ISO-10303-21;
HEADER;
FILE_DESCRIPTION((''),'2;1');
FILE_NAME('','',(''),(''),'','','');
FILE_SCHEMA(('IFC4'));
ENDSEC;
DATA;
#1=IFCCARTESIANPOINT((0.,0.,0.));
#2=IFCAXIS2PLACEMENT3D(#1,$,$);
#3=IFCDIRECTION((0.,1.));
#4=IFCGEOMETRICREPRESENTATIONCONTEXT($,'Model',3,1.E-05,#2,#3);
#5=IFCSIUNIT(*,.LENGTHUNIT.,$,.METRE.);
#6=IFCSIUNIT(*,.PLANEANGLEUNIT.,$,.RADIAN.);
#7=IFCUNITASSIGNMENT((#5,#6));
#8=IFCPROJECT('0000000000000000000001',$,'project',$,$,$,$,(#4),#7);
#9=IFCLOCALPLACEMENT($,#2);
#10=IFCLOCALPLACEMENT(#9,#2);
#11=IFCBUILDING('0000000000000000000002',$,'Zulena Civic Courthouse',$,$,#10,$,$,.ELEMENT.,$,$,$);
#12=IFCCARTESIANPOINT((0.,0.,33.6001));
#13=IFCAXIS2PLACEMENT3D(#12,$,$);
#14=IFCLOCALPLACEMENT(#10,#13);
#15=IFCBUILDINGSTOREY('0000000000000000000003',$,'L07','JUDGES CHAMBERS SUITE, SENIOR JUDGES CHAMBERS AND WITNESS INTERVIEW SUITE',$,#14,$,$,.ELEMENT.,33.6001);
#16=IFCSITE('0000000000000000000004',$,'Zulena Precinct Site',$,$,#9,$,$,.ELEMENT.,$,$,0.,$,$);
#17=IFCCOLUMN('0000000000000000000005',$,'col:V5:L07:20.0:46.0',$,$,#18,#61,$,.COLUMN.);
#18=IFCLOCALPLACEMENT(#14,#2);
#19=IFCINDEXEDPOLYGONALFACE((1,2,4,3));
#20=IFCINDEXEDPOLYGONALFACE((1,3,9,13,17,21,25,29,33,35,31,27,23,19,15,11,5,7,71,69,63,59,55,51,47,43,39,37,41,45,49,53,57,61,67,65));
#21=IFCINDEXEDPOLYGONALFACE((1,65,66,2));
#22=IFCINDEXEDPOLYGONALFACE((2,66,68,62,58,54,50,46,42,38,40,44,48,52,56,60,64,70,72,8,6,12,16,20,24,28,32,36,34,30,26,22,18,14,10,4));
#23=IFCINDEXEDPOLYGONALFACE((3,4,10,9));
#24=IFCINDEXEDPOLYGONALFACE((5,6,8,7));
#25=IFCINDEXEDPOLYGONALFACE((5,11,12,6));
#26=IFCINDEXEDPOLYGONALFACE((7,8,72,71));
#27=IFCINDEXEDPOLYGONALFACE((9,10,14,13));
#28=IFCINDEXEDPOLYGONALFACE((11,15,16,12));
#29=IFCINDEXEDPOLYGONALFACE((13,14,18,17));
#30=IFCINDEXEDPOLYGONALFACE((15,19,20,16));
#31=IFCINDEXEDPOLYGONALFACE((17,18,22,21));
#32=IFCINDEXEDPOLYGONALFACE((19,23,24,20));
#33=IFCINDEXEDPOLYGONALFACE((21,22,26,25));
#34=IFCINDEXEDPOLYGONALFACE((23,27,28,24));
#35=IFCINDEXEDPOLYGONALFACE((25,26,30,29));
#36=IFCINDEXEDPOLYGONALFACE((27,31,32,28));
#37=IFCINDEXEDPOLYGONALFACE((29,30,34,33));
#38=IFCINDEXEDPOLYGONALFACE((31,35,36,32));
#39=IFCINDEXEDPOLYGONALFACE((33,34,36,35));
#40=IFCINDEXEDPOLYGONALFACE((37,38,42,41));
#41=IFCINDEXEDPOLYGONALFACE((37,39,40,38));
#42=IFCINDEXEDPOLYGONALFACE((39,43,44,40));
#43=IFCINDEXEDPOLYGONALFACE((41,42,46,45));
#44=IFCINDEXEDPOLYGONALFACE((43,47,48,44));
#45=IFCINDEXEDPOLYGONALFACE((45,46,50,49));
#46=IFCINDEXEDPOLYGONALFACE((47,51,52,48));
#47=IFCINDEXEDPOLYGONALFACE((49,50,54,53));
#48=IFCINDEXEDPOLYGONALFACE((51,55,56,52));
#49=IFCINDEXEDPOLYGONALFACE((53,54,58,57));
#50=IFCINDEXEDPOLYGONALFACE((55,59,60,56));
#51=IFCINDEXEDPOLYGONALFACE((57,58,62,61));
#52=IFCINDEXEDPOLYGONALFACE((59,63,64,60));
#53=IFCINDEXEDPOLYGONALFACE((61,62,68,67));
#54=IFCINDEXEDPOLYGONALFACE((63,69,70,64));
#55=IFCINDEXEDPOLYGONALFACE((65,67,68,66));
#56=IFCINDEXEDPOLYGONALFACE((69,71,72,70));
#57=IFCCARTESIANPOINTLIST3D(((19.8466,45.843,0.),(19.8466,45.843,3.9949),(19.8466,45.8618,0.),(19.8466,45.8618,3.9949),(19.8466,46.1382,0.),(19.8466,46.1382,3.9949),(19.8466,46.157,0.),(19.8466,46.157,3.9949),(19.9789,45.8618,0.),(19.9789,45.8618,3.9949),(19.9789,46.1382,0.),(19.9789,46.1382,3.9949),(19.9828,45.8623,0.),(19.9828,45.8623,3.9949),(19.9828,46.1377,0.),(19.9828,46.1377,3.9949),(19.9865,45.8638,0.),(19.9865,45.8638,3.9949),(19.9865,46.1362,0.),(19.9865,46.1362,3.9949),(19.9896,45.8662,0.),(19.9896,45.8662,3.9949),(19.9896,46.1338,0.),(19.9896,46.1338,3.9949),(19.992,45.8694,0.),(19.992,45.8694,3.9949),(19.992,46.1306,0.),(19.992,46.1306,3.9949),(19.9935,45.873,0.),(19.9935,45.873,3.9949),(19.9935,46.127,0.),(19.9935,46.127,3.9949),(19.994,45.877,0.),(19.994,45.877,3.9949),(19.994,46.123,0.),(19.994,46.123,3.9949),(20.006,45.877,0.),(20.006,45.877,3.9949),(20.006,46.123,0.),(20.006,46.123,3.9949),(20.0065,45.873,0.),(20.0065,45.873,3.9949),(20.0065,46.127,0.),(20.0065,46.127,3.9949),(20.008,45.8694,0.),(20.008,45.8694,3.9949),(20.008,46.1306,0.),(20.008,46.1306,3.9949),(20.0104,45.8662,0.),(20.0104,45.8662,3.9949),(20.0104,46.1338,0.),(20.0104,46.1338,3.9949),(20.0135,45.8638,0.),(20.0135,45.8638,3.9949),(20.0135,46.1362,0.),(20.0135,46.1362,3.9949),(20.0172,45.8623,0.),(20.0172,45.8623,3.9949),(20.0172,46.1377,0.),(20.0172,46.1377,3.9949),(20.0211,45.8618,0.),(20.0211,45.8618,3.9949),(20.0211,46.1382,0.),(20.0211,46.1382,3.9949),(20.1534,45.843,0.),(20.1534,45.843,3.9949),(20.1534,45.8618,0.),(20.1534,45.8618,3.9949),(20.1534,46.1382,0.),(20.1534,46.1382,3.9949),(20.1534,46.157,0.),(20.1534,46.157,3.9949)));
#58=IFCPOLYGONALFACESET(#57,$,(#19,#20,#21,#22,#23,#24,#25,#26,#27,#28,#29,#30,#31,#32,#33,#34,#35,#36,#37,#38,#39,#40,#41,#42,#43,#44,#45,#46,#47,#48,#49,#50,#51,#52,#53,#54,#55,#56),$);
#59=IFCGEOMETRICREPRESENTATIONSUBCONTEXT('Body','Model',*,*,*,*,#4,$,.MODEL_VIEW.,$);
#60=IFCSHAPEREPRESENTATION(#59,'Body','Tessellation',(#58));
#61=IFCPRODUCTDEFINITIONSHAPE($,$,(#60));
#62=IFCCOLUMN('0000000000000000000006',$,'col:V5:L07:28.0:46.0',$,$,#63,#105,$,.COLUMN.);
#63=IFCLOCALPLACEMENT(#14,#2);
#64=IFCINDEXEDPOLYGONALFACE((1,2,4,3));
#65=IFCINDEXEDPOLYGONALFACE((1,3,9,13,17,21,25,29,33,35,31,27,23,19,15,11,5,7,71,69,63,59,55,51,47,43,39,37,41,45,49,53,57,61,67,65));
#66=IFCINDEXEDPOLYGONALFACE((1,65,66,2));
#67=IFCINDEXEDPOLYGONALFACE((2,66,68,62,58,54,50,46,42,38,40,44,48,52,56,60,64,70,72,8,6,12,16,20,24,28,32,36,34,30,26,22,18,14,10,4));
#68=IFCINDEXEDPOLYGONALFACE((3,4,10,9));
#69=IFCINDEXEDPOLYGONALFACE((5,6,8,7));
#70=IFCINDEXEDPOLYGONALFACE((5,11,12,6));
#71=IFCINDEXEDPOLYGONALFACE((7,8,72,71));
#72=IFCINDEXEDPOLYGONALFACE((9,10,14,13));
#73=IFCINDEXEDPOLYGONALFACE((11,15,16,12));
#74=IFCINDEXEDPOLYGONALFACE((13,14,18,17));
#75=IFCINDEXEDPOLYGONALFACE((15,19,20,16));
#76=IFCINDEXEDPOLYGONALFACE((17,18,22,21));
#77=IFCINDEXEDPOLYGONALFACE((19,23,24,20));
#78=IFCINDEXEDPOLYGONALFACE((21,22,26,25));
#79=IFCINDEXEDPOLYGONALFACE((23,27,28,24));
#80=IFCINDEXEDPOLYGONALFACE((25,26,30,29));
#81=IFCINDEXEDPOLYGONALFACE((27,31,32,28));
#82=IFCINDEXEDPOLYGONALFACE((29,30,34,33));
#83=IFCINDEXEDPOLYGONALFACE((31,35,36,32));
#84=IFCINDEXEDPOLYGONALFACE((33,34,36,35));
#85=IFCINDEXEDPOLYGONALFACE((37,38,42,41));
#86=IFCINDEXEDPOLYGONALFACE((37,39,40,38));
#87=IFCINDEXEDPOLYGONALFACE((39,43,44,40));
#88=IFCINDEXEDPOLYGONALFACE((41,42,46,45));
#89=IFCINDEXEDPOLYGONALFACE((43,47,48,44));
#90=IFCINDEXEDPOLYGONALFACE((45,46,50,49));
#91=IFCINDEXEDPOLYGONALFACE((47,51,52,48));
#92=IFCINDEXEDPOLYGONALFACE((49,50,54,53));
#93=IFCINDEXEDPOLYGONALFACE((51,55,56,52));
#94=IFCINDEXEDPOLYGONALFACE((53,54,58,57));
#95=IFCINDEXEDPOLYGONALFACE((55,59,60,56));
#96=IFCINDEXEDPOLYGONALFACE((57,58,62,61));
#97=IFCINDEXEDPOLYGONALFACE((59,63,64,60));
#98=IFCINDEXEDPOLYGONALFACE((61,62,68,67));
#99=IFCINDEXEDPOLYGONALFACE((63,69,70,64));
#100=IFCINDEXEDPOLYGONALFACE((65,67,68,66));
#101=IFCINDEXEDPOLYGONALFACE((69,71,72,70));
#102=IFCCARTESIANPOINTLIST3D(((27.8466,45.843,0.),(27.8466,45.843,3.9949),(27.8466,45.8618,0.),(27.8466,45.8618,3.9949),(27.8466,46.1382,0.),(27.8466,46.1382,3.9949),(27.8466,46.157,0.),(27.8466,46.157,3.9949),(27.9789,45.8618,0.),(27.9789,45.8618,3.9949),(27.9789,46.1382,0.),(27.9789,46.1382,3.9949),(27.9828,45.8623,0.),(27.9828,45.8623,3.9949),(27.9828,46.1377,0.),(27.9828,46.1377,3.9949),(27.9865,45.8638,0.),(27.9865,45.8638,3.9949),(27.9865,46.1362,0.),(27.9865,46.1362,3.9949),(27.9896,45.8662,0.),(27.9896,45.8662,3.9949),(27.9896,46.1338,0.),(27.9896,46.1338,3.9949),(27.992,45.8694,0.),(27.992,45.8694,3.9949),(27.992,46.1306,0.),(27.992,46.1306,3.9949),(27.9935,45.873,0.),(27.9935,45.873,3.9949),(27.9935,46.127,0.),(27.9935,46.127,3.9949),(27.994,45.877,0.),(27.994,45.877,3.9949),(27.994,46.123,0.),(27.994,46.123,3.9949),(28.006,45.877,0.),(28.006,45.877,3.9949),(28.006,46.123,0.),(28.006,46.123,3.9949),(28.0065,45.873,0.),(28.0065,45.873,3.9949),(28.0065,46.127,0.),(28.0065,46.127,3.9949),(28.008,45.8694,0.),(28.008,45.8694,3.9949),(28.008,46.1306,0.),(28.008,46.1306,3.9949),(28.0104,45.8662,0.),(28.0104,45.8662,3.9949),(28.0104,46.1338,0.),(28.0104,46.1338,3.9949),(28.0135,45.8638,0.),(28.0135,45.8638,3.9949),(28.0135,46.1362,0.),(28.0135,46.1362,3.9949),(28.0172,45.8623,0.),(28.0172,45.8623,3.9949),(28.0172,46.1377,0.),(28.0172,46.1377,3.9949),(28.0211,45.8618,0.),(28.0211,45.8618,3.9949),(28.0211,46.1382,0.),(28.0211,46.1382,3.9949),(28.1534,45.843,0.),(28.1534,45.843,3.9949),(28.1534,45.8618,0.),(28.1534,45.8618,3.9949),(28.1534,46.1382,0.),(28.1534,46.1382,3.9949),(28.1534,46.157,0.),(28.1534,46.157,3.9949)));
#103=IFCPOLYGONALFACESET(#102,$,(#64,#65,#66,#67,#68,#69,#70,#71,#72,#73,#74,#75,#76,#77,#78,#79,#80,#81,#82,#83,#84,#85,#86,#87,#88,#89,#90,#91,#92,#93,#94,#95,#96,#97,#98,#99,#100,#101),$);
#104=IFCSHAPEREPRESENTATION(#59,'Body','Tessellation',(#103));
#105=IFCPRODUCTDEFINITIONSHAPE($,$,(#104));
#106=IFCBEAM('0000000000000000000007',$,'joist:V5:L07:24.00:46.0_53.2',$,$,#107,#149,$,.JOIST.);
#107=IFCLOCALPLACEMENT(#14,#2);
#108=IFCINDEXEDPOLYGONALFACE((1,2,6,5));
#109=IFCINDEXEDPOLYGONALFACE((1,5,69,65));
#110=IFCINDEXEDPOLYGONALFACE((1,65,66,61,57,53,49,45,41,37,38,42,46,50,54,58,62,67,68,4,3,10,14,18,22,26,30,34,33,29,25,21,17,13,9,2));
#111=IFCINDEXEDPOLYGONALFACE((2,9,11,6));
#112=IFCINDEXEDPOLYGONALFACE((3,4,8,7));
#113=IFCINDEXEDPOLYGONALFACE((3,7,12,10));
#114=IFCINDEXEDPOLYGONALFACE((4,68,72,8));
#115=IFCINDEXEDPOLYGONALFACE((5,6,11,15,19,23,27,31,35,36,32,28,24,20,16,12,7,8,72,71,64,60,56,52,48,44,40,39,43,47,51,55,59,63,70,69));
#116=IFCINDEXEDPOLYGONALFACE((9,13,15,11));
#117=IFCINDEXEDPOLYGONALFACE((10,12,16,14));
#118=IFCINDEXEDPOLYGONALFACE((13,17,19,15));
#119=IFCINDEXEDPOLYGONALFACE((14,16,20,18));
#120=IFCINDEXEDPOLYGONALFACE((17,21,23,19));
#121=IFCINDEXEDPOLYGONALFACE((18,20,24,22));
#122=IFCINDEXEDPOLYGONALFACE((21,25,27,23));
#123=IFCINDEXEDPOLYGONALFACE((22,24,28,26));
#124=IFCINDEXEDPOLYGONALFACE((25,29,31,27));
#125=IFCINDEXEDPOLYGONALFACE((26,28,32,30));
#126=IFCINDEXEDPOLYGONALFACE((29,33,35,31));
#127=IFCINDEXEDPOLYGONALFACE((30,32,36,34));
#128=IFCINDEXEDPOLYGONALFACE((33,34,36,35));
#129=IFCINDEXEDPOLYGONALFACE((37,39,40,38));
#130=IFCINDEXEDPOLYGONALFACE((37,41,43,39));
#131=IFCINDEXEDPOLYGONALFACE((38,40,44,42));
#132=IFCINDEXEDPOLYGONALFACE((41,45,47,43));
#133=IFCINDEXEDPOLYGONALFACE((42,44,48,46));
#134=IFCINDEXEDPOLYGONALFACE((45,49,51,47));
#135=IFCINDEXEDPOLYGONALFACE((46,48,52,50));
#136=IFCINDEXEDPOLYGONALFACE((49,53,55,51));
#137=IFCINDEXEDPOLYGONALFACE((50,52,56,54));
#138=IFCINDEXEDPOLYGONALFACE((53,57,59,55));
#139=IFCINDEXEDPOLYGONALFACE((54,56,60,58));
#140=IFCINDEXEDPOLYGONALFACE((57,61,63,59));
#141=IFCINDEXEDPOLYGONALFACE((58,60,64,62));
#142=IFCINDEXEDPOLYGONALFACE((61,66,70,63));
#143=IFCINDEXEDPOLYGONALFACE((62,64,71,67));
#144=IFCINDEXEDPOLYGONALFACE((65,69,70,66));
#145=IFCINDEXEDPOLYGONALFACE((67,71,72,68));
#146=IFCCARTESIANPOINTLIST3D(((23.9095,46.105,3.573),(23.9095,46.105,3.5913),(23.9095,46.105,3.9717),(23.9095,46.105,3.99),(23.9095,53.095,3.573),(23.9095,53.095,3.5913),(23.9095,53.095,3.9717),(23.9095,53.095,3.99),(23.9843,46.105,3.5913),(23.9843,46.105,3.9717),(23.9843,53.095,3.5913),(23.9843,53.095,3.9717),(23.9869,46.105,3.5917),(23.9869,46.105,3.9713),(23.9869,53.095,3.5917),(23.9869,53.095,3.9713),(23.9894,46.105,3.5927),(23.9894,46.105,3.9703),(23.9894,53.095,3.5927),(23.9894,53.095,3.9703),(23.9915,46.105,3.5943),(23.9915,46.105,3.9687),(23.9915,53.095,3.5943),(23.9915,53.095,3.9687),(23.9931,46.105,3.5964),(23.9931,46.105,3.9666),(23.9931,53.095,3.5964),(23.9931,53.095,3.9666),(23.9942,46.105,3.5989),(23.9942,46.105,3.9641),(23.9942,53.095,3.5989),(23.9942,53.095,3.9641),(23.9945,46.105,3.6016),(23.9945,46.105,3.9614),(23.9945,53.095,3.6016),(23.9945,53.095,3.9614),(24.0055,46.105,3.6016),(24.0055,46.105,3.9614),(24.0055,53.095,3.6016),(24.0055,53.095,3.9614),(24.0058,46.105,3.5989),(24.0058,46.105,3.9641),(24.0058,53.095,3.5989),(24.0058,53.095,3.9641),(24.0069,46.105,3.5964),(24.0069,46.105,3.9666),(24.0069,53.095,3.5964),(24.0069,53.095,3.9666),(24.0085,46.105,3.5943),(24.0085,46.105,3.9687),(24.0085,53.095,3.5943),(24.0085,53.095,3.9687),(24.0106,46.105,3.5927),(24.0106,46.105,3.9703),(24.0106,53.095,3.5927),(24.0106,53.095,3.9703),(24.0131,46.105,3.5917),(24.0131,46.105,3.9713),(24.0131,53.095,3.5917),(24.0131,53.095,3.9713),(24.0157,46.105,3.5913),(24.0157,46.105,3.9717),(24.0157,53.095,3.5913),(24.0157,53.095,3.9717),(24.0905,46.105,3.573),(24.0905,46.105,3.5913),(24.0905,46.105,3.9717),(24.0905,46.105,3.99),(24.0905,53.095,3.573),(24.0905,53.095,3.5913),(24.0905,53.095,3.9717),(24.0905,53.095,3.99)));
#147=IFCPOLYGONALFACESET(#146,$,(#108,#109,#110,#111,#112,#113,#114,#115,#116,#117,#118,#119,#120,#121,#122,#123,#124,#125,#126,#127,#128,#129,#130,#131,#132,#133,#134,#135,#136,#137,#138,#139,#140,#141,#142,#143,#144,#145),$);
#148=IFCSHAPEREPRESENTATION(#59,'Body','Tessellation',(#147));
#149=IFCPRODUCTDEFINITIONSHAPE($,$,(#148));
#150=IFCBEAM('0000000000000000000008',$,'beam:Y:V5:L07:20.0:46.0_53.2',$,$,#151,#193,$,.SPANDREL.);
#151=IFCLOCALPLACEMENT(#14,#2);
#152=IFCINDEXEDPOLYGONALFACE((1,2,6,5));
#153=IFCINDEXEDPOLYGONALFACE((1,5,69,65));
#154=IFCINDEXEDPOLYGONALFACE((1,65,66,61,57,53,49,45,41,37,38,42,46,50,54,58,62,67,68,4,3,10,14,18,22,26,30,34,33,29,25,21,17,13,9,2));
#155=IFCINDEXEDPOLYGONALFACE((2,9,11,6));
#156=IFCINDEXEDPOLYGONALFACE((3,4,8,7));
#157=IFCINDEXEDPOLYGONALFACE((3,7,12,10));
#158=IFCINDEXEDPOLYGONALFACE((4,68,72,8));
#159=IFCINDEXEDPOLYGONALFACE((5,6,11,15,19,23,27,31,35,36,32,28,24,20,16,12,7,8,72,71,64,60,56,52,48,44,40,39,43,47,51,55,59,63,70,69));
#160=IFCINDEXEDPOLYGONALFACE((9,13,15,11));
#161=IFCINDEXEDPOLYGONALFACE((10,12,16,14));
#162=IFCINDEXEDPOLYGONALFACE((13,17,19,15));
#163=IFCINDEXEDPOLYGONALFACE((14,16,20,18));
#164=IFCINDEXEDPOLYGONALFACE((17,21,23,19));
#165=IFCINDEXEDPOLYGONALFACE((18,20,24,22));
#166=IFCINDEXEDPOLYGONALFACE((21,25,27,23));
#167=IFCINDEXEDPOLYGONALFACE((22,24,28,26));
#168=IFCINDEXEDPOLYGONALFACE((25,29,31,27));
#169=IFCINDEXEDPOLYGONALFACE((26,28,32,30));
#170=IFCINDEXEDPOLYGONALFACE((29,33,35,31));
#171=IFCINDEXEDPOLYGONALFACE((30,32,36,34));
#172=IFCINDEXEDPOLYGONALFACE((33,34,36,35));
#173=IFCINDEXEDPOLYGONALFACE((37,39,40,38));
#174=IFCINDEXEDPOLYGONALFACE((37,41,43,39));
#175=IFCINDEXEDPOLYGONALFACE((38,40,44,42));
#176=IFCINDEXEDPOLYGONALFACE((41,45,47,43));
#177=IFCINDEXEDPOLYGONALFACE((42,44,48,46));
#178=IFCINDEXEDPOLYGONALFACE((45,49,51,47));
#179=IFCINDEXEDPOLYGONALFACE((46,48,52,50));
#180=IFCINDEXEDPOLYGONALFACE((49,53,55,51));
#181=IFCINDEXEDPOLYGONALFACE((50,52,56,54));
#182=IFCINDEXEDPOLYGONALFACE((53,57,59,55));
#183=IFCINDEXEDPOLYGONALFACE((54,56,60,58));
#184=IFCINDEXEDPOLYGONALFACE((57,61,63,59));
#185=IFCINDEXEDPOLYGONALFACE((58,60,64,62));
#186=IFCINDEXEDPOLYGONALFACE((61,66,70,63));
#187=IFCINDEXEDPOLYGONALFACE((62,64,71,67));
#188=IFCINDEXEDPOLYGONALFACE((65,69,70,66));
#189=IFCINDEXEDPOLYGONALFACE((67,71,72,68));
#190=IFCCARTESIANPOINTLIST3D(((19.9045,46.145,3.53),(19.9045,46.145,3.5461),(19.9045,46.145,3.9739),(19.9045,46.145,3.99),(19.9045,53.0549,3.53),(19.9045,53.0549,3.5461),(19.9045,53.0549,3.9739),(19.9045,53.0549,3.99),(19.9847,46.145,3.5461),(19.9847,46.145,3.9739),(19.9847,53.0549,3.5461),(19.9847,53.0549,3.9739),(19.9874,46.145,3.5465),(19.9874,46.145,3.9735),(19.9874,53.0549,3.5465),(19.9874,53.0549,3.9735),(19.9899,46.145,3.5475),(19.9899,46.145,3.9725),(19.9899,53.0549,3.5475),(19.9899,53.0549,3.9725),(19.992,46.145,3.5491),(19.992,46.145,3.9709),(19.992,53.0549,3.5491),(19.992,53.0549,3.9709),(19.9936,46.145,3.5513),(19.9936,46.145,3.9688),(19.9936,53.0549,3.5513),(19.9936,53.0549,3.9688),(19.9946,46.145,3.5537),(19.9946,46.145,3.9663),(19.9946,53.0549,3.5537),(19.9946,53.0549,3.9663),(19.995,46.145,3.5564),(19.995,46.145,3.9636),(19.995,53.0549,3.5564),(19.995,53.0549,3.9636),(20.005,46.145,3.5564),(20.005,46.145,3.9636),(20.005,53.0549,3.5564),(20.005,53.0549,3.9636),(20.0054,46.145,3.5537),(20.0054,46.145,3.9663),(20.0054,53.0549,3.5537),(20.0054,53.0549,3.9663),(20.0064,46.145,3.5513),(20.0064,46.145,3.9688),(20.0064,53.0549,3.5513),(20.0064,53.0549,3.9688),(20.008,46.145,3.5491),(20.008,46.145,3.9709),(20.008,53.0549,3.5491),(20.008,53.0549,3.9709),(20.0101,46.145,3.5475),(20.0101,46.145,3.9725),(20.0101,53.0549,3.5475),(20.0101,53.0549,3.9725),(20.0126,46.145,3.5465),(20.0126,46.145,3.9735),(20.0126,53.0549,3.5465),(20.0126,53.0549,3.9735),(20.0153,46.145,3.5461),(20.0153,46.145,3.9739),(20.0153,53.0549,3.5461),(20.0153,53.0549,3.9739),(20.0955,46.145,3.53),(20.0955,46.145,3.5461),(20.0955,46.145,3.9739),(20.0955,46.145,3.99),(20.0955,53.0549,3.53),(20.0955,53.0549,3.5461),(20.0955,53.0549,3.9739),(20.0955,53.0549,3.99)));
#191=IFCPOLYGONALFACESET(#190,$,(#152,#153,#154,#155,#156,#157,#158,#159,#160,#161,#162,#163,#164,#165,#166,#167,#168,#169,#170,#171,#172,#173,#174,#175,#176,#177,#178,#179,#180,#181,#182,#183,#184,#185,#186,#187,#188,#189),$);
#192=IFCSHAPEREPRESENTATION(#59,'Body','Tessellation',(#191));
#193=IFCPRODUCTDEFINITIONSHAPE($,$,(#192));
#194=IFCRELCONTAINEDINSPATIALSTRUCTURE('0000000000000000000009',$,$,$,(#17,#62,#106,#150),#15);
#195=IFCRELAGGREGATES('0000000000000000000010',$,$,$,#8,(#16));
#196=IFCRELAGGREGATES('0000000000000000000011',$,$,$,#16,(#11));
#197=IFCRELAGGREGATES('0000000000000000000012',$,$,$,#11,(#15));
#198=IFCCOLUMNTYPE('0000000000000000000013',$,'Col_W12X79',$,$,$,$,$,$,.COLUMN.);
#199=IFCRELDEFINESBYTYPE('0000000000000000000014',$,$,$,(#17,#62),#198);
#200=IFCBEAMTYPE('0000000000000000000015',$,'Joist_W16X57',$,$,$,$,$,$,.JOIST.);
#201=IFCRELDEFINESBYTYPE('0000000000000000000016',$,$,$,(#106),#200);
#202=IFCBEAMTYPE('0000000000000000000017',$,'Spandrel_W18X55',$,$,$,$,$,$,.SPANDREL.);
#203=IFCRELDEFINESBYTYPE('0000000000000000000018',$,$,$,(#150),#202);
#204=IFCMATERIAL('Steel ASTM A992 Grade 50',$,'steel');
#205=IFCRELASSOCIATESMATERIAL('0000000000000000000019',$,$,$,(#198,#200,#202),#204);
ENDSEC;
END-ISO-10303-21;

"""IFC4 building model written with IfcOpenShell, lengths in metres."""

from ifc_helpers import new_model, si_unit, direction, frame, origin, origin_2d, place, context, subcontext, project, spatial, i_section, extrude, material, material_profile, profile_set, type_object, element, save


model = new_model("IFC4")

# Units and contexts
model_context = context("Model", 3, precision=1e-05, world=origin(), true_north=direction((0.0, 1.0)))
body_context = subcontext(model_context, "Body", "Model", "MODEL_VIEW")
ifc_project = project(units=[si_unit("LENGTHUNIT", "METRE"), si_unit("PLANEANGLEUNIT", "RADIAN")], contexts=[model_context])

# Site, building, storey
site_placement = place(None, origin())
site = spatial("IfcSite", under=ifc_project, at=site_placement, Name="Zulena Precinct Site", CompositionType="ELEMENT", RefElevation=0.0)
building_placement = place(site_placement, origin())
building = spatial("IfcBuilding", under=site, at=building_placement, Name="Zulena Civic Courthouse", CompositionType="ELEMENT")
storey_placement = place(building_placement, frame((0.0, 0.0, 33.6001)))
storey = spatial("IfcBuildingStorey", under=building, at=storey_placement, Name="L07", Description="JUDGES CHAMBERS SUITE, SENIOR JUDGES CHAMBERS AND WITNESS INTERVIEW SUITE", CompositionType="ELEMENT", Elevation=33.6001)

# Columns
ifc_material_1 = material(Name="Steel ASTM A992 Grade 50", Category="steel")
ifc_material_profile_1 = material_profile(ifc_material_1, i_section(OverallWidth=0.3069, OverallDepth=0.314, WebThickness=0.012, FlangeThickness=0.0188, FilletRadius=0.0151, at=origin_2d()), Name="W12X79")
ifc_profile_set_1 = profile_set([ifc_material_profile_1], Name="Steel ASTM A992 Grade 50")
column_type = type_object("IfcColumnType", Name="Col_W12X79", PredefinedType="COLUMN", material=ifc_profile_set_1)
for number, where, z_axis, x_axis, name in (
    (1, (20.0, 46.0, 0.0), (0.0, 0.0, 1.0), (1.0, 0.0, 0.0), "col:V5:L07:20.0:46.0"),
    (2, (28.0, 46.0, 0.0), (0.0, 0.0, 1.0), (1.0, 0.0, 0.0), "col:V5:L07:28.0:46.0"),
):
    element("IfcColumn", number, at=place(storey_placement, frame(where, z_axis=z_axis, x_axis=x_axis)), inside=storey, type_object=column_type, Name=name, PredefinedType="COLUMN", context=body_context, shape_type="SweptSolid", body=[
        extrude(i_section(OverallWidth=0.3069, OverallDepth=0.314, WebThickness=0.012, FlangeThickness=0.0188, FilletRadius=0.0151, at=origin_2d()), origin(), (0.0, 0.0, 1.0), 3.9949),
    ])

# Beams
ifc_material_profile_2 = material_profile(ifc_material_1, i_section(OverallWidth=0.1809, OverallDepth=0.417, WebThickness=0.011, FlangeThickness=0.0183, FilletRadius=0.0103, at=origin_2d()), Name="W16X57")
ifc_profile_set_2 = profile_set([ifc_material_profile_2], Name="Steel ASTM A992 Grade 50")
beam_type_1 = type_object("IfcBeamType", Name="Joist_W16X57", PredefinedType="JOIST", material=ifc_profile_set_2)
beam_placement = place(storey_placement, frame((24.0, 46.105, 3.7815), z_axis=(0.0, 1.0, 0.0), x_axis=(-1.0, 0.0, 0.0)))
element("IfcBeam", 3, at=beam_placement, inside=storey, type_object=beam_type_1, Name="joist:V5:L07:24.00:46.0_53.2", PredefinedType="JOIST", context=body_context, shape_type="SweptSolid", body=[
    extrude(i_section(OverallWidth=0.1809, OverallDepth=0.417, WebThickness=0.011, FlangeThickness=0.0183, FilletRadius=0.0103, at=origin_2d()), origin(), (0.0, 0.0, 1.0), 6.99),
])
ifc_material_profile_3 = material_profile(ifc_material_1, i_section(OverallWidth=0.1909, OverallDepth=0.46, WebThickness=0.01, FlangeThickness=0.0161, FilletRadius=0.0103, at=origin_2d()), Name="W18X55")
ifc_profile_set_3 = profile_set([ifc_material_profile_3], Name="Steel ASTM A992 Grade 50")
beam_type_2 = type_object("IfcBeamType", Name="Spandrel_W18X55", PredefinedType="SPANDREL", material=ifc_profile_set_3)
for number, where, z_axis, x_axis, name in (
    (4, (20.0, 46.145, 3.76), (0.0, 1.0, 0.0), (-1.0, 0.0, 0.0), "beam:Y:V5:L07:20.0:46.0_53.2"),
):
    element("IfcBeam", number, at=place(storey_placement, frame(where, z_axis=z_axis, x_axis=x_axis)), inside=storey, type_object=beam_type_2, Name=name, PredefinedType="SPANDREL", context=body_context, shape_type="SweptSolid", body=[
        extrude(i_section(OverallWidth=0.1909, OverallDepth=0.46, WebThickness=0.01, FlangeThickness=0.0161, FilletRadius=0.0103, at=origin_2d()), origin(), (0.0, 0.0, 1.0), 6.9099),
    ])

save(model, "model.ifc")
